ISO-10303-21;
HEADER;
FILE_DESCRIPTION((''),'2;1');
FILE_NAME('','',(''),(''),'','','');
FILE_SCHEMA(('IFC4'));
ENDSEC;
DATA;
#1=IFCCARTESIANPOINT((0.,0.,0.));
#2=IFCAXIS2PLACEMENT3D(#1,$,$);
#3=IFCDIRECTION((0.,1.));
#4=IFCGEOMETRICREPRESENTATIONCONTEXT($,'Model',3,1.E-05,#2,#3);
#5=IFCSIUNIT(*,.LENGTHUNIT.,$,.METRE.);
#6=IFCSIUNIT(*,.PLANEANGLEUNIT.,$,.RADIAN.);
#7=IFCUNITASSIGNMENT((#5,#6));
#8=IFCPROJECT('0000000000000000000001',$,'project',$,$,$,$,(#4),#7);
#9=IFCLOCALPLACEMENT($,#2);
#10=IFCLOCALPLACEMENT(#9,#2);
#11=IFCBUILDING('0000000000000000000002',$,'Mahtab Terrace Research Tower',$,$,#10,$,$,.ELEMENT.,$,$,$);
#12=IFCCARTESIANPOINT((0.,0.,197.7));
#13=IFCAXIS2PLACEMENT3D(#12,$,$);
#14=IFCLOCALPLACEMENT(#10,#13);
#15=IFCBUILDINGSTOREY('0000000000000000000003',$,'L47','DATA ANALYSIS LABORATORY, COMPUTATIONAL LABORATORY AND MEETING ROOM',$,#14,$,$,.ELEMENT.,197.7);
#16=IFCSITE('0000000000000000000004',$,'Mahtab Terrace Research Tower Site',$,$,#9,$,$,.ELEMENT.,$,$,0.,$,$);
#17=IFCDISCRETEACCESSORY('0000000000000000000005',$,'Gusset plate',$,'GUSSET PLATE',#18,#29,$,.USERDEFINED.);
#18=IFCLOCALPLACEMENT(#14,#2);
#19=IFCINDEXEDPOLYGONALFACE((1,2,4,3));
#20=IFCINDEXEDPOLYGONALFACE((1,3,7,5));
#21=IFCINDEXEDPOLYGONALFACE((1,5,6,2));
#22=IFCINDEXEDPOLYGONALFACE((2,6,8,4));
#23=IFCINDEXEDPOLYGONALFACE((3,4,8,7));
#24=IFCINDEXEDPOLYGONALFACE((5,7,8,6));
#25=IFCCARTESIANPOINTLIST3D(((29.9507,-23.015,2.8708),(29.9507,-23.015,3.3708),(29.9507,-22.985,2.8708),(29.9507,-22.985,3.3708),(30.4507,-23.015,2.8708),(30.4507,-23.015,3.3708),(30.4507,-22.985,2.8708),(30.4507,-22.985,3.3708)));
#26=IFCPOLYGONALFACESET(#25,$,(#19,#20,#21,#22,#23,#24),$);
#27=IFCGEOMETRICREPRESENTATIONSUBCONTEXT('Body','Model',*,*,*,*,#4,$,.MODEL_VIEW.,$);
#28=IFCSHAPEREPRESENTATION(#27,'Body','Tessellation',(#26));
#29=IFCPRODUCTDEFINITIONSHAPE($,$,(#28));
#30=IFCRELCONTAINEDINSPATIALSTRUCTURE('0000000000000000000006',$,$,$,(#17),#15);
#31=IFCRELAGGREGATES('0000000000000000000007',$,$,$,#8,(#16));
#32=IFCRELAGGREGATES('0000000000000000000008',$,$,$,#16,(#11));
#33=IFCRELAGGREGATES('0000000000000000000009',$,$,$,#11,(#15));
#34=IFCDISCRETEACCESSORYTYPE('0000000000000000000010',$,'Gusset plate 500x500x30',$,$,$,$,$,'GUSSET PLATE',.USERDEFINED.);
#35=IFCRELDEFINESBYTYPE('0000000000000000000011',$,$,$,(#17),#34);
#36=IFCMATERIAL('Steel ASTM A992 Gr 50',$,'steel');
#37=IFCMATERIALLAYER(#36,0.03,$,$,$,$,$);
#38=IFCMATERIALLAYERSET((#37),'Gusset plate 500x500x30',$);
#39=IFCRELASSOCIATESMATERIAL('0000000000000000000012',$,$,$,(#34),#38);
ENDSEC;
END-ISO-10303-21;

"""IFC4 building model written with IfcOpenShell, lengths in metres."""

from ifc_helpers import new_model, si_unit, direction, frame, origin, origin_2d, place, context, subcontext, project, spatial, rectangle, extrude, material, layer, layer_set, type_object, element, save


model = new_model("IFC4")

# Units and contexts
model_context = context("Model", 3, precision=1e-05, world=origin(), true_north=direction((0.0, 1.0)))
body_context = subcontext(model_context, "Body", "Model", "MODEL_VIEW")
ifc_project = project(units=[si_unit("LENGTHUNIT", "METRE"), si_unit("PLANEANGLEUNIT", "RADIAN")], contexts=[model_context])

# Site, building, storey
site_placement = place(None, origin())
site = spatial("IfcSite", under=ifc_project, at=site_placement, Name="Mahtab Terrace Research Tower Site", CompositionType="ELEMENT", RefElevation=0.0)
building_placement = place(site_placement, origin())
building = spatial("IfcBuilding", under=site, at=building_placement, Name="Mahtab Terrace Research Tower", CompositionType="ELEMENT")
storey_placement = place(building_placement, frame((0.0, 0.0, 197.7)))
storey = spatial("IfcBuildingStorey", under=building, at=storey_placement, Name="L47", Description="DATA ANALYSIS LABORATORY, COMPUTATIONAL LABORATORY AND MEETING ROOM", CompositionType="ELEMENT", Elevation=197.7)

# Shared definitions
ifc_material_1 = material(Name="Steel ASTM A992 Gr 50", Category="steel")

# Discrete accessory
ifc_layer_1 = layer(ifc_material_1, 0.03)
ifc_layer_set_1 = layer_set([ifc_layer_1], Name="Gusset plate 500x500x30")
discrete_accessory_type = type_object("IfcDiscreteAccessoryType", Name="Gusset plate 500x500x30", ElementType="GUSSET PLATE", PredefinedType="USERDEFINED", material=ifc_layer_set_1)
discrete_accessory_placement = place(storey_placement, frame((30.2007, -23.0, 2.8708), z_axis=(0.0, 0.0, 1.0), x_axis=(1.0, 0.0, 0.0)))
element("IfcDiscreteAccessory", 1, at=discrete_accessory_placement, inside=storey, type_object=discrete_accessory_type, Name="Gusset plate", ObjectType="GUSSET PLATE", PredefinedType="USERDEFINED", context=body_context, shape_type="SweptSolid", body=[
    extrude(rectangle(XDim=0.5, YDim=0.03, at=origin_2d()), origin(), (0.0, 0.0, 1.0), 0.5),
])

save(model, "model.ifc")
